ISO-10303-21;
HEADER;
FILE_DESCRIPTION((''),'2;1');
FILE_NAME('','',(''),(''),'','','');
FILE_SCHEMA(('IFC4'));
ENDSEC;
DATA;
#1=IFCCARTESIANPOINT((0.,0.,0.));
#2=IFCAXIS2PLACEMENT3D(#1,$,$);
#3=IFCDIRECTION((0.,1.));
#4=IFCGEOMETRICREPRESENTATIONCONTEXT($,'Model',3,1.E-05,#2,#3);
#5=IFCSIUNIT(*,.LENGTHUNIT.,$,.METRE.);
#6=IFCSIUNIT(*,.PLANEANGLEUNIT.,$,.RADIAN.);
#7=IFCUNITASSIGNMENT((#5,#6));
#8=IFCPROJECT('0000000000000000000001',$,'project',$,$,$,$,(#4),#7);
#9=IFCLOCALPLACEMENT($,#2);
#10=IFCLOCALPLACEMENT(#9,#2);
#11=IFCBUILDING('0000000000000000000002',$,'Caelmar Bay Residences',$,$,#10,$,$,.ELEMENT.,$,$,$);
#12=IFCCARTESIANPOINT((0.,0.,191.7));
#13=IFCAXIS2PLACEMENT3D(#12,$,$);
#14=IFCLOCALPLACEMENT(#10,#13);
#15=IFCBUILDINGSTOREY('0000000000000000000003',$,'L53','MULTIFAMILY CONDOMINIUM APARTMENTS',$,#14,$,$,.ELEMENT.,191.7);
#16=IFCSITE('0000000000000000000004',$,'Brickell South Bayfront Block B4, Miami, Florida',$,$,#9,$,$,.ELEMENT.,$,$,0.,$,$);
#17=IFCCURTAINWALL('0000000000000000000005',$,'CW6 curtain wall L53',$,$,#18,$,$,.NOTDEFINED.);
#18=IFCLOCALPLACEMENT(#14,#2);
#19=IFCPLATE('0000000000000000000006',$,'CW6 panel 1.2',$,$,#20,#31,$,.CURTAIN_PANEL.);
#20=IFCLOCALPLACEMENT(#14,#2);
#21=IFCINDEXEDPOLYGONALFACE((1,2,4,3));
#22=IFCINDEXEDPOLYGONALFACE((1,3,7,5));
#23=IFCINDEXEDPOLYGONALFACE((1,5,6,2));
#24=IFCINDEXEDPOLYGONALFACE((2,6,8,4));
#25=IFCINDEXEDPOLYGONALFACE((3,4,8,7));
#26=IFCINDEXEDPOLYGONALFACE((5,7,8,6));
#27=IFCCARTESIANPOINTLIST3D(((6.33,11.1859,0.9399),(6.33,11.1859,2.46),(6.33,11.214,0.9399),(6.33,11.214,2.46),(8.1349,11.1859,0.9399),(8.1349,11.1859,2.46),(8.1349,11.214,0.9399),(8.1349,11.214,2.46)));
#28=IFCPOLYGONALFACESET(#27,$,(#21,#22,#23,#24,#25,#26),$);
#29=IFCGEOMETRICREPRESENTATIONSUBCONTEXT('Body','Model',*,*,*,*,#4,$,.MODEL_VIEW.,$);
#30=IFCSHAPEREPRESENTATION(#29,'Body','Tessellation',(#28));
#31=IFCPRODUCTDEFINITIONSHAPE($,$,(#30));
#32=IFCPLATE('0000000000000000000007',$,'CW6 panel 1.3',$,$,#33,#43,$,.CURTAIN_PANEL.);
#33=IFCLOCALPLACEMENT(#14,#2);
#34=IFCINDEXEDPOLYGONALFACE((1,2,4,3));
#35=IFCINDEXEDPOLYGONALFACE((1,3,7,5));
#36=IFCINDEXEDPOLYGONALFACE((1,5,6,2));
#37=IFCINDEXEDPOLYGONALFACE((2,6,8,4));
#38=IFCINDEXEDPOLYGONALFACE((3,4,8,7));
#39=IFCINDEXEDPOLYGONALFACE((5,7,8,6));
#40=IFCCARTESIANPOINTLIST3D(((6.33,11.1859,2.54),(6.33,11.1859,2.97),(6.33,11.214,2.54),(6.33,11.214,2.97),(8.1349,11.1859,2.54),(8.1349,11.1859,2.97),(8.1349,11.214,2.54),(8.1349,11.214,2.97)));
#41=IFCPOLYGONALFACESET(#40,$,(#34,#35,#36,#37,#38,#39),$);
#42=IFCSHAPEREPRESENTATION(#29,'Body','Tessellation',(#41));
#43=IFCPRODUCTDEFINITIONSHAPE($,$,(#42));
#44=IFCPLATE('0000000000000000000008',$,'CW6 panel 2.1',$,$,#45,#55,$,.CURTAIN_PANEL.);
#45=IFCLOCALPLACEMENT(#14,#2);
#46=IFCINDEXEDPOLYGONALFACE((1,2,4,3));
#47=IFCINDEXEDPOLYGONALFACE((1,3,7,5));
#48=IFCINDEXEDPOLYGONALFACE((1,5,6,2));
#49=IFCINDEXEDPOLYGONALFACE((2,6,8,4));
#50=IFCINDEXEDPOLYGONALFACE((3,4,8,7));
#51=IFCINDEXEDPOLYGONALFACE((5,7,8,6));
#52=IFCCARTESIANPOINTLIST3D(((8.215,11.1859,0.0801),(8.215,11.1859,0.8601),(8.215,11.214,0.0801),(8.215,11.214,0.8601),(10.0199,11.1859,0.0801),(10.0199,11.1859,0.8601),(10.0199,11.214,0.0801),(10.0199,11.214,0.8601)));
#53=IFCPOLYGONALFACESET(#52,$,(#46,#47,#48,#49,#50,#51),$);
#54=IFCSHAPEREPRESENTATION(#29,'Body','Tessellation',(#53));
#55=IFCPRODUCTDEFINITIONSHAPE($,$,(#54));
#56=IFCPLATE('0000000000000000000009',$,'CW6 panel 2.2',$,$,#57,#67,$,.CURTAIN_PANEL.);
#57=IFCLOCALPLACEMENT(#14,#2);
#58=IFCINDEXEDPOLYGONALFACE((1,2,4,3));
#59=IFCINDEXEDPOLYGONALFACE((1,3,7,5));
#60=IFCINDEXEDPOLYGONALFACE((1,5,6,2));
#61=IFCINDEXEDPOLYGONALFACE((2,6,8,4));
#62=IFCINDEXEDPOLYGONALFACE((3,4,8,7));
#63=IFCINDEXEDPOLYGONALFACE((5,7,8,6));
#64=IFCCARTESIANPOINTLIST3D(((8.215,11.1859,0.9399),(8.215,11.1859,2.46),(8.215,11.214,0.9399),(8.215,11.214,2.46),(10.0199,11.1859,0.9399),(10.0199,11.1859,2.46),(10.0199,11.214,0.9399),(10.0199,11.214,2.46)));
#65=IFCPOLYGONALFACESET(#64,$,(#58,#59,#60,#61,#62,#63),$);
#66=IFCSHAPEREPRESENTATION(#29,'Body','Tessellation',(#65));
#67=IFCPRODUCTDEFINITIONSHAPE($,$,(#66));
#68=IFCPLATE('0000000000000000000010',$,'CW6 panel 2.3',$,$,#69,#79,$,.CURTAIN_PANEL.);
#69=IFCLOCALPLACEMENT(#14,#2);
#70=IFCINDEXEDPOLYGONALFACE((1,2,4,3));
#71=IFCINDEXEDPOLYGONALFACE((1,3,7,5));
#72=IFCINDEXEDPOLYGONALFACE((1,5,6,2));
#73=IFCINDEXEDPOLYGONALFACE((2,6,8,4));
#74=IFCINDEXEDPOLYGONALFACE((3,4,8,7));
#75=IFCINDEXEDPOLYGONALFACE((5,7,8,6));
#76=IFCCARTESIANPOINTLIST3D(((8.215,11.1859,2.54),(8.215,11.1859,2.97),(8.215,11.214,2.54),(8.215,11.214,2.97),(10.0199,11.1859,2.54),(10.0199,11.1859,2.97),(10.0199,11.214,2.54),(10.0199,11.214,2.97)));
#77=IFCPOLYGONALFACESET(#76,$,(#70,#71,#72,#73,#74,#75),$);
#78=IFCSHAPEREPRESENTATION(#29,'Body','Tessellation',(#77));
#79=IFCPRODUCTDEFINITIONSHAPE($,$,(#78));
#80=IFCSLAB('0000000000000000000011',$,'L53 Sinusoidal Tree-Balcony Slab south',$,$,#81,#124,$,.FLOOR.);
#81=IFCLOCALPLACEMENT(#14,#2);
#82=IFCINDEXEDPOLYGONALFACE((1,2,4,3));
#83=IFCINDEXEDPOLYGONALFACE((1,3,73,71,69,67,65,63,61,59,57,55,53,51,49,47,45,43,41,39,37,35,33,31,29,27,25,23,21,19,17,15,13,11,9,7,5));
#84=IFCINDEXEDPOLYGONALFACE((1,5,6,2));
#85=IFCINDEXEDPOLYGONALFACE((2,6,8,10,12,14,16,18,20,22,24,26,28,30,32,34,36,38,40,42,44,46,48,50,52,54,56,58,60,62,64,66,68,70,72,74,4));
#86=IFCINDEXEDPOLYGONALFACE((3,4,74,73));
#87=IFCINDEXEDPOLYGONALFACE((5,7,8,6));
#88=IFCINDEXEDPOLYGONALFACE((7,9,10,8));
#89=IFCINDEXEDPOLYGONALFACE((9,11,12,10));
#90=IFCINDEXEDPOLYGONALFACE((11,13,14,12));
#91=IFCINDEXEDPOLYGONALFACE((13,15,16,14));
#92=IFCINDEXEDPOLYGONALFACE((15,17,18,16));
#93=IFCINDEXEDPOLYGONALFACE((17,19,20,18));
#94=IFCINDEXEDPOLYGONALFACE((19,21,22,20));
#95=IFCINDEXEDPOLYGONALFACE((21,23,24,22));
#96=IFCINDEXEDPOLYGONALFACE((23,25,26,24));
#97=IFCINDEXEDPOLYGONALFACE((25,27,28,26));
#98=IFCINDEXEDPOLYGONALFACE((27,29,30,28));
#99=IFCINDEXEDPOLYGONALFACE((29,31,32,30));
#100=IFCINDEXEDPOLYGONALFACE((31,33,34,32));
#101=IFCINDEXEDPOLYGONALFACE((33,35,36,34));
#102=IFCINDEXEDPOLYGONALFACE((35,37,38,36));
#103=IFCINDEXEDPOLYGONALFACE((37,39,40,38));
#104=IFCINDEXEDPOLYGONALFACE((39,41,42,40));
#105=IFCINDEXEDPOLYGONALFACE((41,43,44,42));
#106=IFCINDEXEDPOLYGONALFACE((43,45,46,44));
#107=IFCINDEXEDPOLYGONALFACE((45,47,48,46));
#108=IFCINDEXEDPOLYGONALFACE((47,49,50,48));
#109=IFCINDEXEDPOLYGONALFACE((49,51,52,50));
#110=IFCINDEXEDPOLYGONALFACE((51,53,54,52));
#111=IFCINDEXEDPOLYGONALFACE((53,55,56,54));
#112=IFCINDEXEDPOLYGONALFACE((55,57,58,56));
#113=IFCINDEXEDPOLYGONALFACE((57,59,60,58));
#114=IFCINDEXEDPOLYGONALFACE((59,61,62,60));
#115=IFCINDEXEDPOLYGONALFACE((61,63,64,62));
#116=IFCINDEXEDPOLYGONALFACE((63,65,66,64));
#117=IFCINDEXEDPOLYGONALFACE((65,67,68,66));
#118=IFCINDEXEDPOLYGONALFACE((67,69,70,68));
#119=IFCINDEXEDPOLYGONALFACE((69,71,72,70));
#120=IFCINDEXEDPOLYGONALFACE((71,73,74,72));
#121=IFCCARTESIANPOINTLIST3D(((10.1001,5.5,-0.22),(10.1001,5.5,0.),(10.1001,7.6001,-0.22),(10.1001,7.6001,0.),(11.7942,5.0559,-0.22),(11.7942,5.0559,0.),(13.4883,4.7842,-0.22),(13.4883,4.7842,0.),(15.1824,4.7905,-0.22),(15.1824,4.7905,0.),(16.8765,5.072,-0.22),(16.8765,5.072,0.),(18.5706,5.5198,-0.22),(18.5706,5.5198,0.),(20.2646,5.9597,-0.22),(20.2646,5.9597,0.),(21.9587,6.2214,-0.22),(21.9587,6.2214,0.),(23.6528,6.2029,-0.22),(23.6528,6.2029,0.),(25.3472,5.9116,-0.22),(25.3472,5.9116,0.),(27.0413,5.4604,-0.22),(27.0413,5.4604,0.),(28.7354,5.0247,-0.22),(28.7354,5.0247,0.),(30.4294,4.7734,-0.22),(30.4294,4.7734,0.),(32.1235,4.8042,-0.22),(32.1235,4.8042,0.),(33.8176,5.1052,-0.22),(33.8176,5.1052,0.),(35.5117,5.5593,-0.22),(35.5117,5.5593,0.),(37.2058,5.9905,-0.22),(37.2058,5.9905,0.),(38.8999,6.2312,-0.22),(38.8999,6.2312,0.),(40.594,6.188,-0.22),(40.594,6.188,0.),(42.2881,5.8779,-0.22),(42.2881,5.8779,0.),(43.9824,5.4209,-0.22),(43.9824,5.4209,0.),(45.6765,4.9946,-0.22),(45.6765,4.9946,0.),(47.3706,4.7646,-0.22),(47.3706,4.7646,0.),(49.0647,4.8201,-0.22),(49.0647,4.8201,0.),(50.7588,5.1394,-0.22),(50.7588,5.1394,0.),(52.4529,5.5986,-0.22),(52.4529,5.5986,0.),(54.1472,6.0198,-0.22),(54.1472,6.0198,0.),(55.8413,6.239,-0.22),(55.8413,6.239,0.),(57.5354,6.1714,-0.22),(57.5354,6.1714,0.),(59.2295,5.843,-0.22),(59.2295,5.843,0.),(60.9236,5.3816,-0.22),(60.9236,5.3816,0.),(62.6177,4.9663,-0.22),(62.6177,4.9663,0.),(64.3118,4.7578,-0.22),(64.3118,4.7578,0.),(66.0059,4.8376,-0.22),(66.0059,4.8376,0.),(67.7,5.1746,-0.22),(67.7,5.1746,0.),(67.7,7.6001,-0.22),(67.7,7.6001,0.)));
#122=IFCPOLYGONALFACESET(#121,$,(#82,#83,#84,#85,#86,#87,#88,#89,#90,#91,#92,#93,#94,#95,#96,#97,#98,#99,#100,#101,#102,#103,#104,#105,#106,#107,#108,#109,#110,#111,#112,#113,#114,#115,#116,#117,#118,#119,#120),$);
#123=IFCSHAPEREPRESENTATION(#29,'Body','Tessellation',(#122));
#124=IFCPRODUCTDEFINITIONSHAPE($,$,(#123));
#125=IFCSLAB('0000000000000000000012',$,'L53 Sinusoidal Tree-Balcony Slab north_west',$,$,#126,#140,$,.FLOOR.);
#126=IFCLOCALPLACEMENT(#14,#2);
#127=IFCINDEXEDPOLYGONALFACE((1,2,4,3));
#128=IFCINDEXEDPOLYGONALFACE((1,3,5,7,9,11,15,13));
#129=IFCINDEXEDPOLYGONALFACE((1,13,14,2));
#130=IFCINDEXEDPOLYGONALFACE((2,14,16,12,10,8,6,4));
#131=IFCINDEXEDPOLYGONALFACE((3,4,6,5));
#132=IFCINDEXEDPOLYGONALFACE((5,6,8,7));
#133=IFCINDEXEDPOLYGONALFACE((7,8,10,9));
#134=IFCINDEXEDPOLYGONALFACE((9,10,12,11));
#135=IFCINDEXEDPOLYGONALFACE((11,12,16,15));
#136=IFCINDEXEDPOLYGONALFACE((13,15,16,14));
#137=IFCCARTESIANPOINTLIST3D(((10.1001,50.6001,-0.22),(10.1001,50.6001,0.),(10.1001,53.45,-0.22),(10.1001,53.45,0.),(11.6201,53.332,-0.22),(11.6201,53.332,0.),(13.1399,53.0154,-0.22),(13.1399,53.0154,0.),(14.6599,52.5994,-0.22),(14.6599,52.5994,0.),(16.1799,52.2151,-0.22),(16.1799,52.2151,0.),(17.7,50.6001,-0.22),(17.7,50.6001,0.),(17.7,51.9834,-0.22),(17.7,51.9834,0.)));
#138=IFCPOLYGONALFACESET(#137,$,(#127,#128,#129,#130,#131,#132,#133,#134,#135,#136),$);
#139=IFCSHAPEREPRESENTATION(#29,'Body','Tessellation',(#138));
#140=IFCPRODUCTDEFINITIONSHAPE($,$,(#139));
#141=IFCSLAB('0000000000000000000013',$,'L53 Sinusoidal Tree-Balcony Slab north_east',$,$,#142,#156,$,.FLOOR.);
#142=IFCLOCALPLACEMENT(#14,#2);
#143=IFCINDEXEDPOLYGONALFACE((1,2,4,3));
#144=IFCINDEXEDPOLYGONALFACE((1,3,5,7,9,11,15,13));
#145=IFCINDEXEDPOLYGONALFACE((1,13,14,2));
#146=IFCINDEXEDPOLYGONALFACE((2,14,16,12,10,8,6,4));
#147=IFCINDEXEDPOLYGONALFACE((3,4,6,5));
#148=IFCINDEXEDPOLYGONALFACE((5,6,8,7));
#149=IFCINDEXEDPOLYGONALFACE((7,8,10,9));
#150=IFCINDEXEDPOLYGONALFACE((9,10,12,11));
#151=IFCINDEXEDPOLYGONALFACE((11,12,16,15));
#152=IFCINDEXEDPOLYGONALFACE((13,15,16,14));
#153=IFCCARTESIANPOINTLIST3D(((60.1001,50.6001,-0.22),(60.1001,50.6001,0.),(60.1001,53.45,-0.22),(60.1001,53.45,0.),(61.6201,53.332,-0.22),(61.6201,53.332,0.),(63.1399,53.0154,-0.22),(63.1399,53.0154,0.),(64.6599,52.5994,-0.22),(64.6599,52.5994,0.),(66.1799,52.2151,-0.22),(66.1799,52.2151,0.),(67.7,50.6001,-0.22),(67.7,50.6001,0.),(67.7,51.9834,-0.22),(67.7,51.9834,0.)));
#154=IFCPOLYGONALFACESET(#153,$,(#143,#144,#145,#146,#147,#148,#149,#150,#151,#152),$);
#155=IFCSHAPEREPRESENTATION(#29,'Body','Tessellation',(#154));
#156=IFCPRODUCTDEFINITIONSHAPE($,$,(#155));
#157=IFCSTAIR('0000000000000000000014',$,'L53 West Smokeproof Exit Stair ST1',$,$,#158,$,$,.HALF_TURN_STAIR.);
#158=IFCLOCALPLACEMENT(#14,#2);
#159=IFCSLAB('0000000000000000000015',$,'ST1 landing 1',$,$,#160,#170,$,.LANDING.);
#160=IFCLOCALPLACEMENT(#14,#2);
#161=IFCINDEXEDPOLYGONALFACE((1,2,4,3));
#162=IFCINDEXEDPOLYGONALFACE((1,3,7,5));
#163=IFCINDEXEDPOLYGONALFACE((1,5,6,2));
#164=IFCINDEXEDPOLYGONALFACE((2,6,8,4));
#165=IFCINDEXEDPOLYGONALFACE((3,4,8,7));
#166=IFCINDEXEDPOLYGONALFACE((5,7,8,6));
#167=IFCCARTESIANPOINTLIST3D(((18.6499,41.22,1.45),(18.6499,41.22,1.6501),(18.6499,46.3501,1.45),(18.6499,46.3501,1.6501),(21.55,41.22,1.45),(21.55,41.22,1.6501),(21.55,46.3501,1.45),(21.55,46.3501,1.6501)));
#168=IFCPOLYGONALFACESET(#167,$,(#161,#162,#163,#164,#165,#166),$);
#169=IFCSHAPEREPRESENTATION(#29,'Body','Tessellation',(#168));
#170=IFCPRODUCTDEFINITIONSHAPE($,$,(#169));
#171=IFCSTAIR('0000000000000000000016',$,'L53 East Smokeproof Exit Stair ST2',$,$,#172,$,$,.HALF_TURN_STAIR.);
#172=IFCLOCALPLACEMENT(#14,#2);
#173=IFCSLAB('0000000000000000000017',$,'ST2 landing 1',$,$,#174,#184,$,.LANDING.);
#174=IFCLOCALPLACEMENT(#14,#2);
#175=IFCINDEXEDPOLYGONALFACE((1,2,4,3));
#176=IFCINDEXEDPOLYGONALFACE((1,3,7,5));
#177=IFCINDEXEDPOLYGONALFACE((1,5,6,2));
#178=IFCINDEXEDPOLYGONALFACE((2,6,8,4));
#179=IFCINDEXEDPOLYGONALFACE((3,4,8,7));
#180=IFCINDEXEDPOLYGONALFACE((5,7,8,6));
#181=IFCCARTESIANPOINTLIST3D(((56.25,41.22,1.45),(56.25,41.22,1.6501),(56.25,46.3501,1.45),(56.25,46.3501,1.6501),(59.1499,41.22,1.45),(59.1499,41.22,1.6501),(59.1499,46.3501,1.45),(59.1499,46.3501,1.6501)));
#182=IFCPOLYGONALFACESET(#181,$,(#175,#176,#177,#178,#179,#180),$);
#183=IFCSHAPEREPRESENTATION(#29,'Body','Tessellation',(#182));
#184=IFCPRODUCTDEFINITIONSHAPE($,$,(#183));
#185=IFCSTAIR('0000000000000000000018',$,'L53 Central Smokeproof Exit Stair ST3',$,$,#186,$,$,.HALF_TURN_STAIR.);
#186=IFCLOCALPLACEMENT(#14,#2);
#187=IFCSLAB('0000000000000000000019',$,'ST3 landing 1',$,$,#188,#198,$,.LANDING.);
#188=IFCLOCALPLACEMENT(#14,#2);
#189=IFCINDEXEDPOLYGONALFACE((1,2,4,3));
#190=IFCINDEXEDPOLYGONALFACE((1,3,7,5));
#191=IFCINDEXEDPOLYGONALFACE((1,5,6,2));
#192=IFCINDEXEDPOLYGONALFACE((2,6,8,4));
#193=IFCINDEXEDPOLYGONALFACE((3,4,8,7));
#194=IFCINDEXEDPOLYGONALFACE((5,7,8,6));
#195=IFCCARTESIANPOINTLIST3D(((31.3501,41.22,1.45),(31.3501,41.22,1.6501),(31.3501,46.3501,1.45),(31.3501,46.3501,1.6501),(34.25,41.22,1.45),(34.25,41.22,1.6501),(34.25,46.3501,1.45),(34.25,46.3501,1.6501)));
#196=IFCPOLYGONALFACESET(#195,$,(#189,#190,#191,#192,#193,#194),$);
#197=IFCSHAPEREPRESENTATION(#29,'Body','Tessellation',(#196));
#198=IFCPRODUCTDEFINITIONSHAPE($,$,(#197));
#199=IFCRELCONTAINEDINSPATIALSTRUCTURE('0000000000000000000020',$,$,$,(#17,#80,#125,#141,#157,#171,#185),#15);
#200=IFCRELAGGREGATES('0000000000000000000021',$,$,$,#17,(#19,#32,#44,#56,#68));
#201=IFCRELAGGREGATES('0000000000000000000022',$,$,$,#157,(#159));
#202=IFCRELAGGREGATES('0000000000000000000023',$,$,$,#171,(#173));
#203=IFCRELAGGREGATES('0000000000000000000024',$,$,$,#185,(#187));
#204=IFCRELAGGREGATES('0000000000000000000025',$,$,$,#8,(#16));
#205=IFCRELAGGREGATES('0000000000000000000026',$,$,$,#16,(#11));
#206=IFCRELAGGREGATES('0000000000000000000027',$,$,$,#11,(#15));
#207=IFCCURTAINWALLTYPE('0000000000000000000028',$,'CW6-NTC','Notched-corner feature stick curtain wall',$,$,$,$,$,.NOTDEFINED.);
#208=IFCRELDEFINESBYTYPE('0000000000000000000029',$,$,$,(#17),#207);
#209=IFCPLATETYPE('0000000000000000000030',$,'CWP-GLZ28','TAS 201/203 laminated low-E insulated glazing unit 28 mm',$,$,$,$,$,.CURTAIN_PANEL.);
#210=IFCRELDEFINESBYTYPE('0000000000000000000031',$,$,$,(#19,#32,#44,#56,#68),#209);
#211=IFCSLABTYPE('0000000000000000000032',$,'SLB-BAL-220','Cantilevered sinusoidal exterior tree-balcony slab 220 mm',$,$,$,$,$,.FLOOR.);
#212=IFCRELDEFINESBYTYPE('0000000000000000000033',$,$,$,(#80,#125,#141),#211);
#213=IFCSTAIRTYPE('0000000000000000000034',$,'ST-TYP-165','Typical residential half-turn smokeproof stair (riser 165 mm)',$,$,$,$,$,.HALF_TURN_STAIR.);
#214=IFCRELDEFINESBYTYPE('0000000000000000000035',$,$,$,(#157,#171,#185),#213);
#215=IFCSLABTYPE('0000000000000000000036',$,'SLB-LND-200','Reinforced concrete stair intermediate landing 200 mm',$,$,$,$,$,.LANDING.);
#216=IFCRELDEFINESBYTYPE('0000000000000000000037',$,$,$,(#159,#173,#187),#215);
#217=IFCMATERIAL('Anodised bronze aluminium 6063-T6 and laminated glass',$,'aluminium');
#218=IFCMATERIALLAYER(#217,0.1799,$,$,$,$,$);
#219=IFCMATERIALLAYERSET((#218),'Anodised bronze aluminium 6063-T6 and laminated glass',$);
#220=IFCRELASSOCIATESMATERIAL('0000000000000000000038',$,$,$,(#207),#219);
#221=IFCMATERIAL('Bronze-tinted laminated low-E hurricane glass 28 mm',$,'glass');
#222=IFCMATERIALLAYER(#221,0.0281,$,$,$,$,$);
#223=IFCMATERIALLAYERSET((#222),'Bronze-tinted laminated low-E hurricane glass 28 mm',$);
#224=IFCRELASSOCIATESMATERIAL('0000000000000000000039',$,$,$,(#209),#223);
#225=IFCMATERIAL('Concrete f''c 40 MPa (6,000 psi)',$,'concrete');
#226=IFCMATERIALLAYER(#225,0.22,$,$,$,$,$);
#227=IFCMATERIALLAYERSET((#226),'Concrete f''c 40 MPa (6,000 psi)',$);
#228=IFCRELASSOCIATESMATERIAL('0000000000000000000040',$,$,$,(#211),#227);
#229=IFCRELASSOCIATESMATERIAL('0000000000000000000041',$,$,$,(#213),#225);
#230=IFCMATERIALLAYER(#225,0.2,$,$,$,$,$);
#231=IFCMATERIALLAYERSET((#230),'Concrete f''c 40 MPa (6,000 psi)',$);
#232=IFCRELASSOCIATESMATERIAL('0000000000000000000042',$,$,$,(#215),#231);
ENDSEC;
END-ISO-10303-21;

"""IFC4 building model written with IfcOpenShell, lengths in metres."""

from ifc_helpers import new_model, si_unit, direction, frame, origin, origin_2d, place, context, subcontext, project, spatial, polyline, rectangle, outline, extrude, material, layer, layer_set, type_object, element, aggregate, save


model = new_model("IFC4")

# Units and contexts
model_context = context("Model", 3, precision=1e-05, world=origin(), true_north=direction((0.0, 1.0)))
body_context = subcontext(model_context, "Body", "Model", "MODEL_VIEW")
ifc_project = project(units=[si_unit("LENGTHUNIT", "METRE"), si_unit("PLANEANGLEUNIT", "RADIAN")], contexts=[model_context])

# Site, building, storey
site_placement = place(None, origin())
site = spatial("IfcSite", under=ifc_project, at=site_placement, Name="Brickell South Bayfront Block B4, Miami, Florida", CompositionType="ELEMENT", RefElevation=0.0)
building_placement = place(site_placement, origin())
building = spatial("IfcBuilding", under=site, at=building_placement, Name="Caelmar Bay Residences", CompositionType="ELEMENT")
storey_placement = place(building_placement, frame((0.0, 0.0, 191.7)))
storey = spatial("IfcBuildingStorey", under=building, at=storey_placement, Name="L53", Description="MULTIFAMILY CONDOMINIUM APARTMENTS", CompositionType="ELEMENT", Elevation=191.7)

# Curtain wall
ifc_material_1 = material(Name="Anodised bronze aluminium 6063-T6 and laminated glass", Category="aluminium")
ifc_layer_1 = layer(ifc_material_1, 0.1799)
ifc_layer_set_1 = layer_set([ifc_layer_1], Name="Anodised bronze aluminium 6063-T6 and laminated glass")
curtain_wall_type_1 = type_object("IfcCurtainWallType", Name="CW6-NTC", Description="Notched-corner feature stick curtain wall", PredefinedType="NOTDEFINED", material=ifc_layer_set_1)
curtain_wall_1_placement = place(storey_placement, origin())
curtain_wall_1 = element("IfcCurtainWall", 1, at=curtain_wall_1_placement, inside=storey, type_object=curtain_wall_type_1, Name="CW6 curtain wall L53", PredefinedType="NOTDEFINED")

# Plates
ifc_material_2 = material(Name="Bronze-tinted laminated low-E hurricane glass 28 mm", Category="glass")
ifc_layer_2 = layer(ifc_material_2, 0.0281)
ifc_layer_set_2 = layer_set([ifc_layer_2], Name="Bronze-tinted laminated low-E hurricane glass 28 mm")
plate_type = type_object("IfcPlateType", Name="CWP-GLZ28", Description="TAS 201/203 laminated low-E insulated glazing unit 28 mm", PredefinedType="CURTAIN_PANEL", material=ifc_layer_set_2)
plate_1_placement = place(storey_placement, frame((7.2324, 11.2, 0.9399), z_axis=(0.0, 0.0, 1.0), x_axis=(1.0, 0.0, 0.0)))
plate_1 = element("IfcPlate", 2, at=plate_1_placement, type_object=plate_type, Name="CW6 panel 1.2", PredefinedType="CURTAIN_PANEL", context=body_context, shape_type="SweptSolid", body=[
    extrude(rectangle(XDim=1.8049, YDim=0.0281, at=origin_2d()), origin(), (0.0, 0.0, 1.0), 1.52),
])
plate_2_placement = place(storey_placement, frame((7.2324, 11.2, 2.54), z_axis=(0.0, 0.0, 1.0), x_axis=(1.0, 0.0, 0.0)))
plate_2 = element("IfcPlate", 3, at=plate_2_placement, type_object=plate_type, Name="CW6 panel 1.3", PredefinedType="CURTAIN_PANEL", context=body_context, shape_type="SweptSolid", body=[
    extrude(rectangle(XDim=1.8049, YDim=0.0281, at=origin_2d()), origin(), (0.0, 0.0, 1.0), 0.4299),
])
plate_3_placement = place(storey_placement, frame((9.1174, 11.2, 0.0801), z_axis=(0.0, 0.0, 1.0), x_axis=(1.0, 0.0, 0.0)))
plate_3 = element("IfcPlate", 4, at=plate_3_placement, type_object=plate_type, Name="CW6 panel 2.1", PredefinedType="CURTAIN_PANEL", context=body_context, shape_type="SweptSolid", body=[
    extrude(rectangle(XDim=1.8049, YDim=0.0281, at=origin_2d()), origin(), (0.0, 0.0, 1.0), 0.78),
])
plate_4_placement = place(storey_placement, frame((9.1174, 11.2, 0.9399), z_axis=(0.0, 0.0, 1.0), x_axis=(1.0, 0.0, 0.0)))
plate_4 = element("IfcPlate", 5, at=plate_4_placement, type_object=plate_type, Name="CW6 panel 2.2", PredefinedType="CURTAIN_PANEL", context=body_context, shape_type="SweptSolid", body=[
    extrude(rectangle(XDim=1.8049, YDim=0.0281, at=origin_2d()), origin(), (0.0, 0.0, 1.0), 1.52),
])
plate_5_placement = place(storey_placement, frame((9.1174, 11.2, 2.54), z_axis=(0.0, 0.0, 1.0), x_axis=(1.0, 0.0, 0.0)))
plate_5 = element("IfcPlate", 6, at=plate_5_placement, type_object=plate_type, Name="CW6 panel 2.3", PredefinedType="CURTAIN_PANEL", context=body_context, shape_type="SweptSolid", body=[
    extrude(rectangle(XDim=1.8049, YDim=0.0281, at=origin_2d()), origin(), (0.0, 0.0, 1.0), 0.4299),
])
aggregate(curtain_wall_1, [plate_1, plate_2, plate_3, plate_4, plate_5])

# Slabs
ifc_material_3 = material(Name="Concrete f'c 40 MPa (6,000 psi)", Category="concrete")
ifc_layer_3 = layer(ifc_material_3, 0.22)
ifc_layer_set_3 = layer_set([ifc_layer_3], Name="Concrete f'c 40 MPa (6,000 psi)")
slab_type_1 = type_object("IfcSlabType", Name="SLB-BAL-220", Description="Cantilevered sinusoidal exterior tree-balcony slab 220 mm", PredefinedType="FLOOR", material=ifc_layer_set_3)
slab_1_placement = place(storey_placement, frame((0.0, 0.0, -0.22)))
element("IfcSlab", 7, at=slab_1_placement, inside=storey, type_object=slab_type_1, Name="L53 Sinusoidal Tree-Balcony Slab south", PredefinedType="FLOOR", context=body_context, shape_type="SweptSolid", body=[
    extrude(outline(polyline([(10.1001, 5.5), (11.7942, 5.0559), (13.4883, 4.7842), (15.1824, 4.7905), (16.8765, 5.072), (18.5706, 5.5198), (20.2646, 5.9597), (21.9587, 6.2214), (23.6528, 6.2029), (25.3472, 5.9116), (27.0413, 5.4604), (28.7354, 5.0247), (30.4294, 4.7734), (32.1235, 4.8042), (33.8176, 5.1052), (35.5117, 5.5593), (37.2058, 5.9905), (38.8999, 6.2312), (40.594, 6.188), (42.2881, 5.8779), (43.9824, 5.4209), (45.6765, 4.9946), (47.3706, 4.7646), (49.0647, 4.8201), (50.7588, 5.1394), (52.4529, 5.5986), (54.1472, 6.0198), (55.8413, 6.239), (57.5354, 6.1714), (59.2295, 5.843), (60.9236, 5.3816), (62.6177, 4.9663), (64.3118, 4.7578), (66.0059, 4.8376), (67.7, 5.1746), (67.7, 7.6001), (10.1001, 7.6001), (10.1001, 5.5)])), origin(), (0.0, 0.0, 1.0), 0.22),
])
slab_2_placement = place(storey_placement, frame((0.0, 0.0, -0.22)))
element("IfcSlab", 8, at=slab_2_placement, inside=storey, type_object=slab_type_1, Name="L53 Sinusoidal Tree-Balcony Slab north_west", PredefinedType="FLOOR", context=body_context, shape_type="SweptSolid", body=[
    extrude(outline(polyline([(10.1001, 50.6001), (17.7, 50.6001), (17.7, 51.9834), (16.1799, 52.2151), (14.6599, 52.5994), (13.1399, 53.0154), (11.6201, 53.332), (10.1001, 53.45), (10.1001, 50.6001)])), origin(), (0.0, 0.0, 1.0), 0.22),
])
slab_3_placement = place(storey_placement, frame((0.0, 0.0, -0.22)))
element("IfcSlab", 9, at=slab_3_placement, inside=storey, type_object=slab_type_1, Name="L53 Sinusoidal Tree-Balcony Slab north_east", PredefinedType="FLOOR", context=body_context, shape_type="SweptSolid", body=[
    extrude(outline(polyline([(60.1001, 50.6001), (67.7, 50.6001), (67.7, 51.9834), (66.1799, 52.2151), (64.6599, 52.5994), (63.1399, 53.0154), (61.6201, 53.332), (60.1001, 53.45), (60.1001, 50.6001)])), origin(), (0.0, 0.0, 1.0), 0.22),
])

# Stairs, slabs
stair_type = type_object("IfcStairType", Name="ST-TYP-165", Description="Typical residential half-turn smokeproof stair (riser 165 mm)", PredefinedType="HALF_TURN_STAIR", material=ifc_material_3)
stair_1_placement = place(storey_placement, origin())
stair_1 = element("IfcStair", 10, at=stair_1_placement, inside=storey, type_object=stair_type, Name="L53 West Smokeproof Exit Stair ST1", PredefinedType="HALF_TURN_STAIR")
ifc_layer_4 = layer(ifc_material_3, 0.2)
ifc_layer_set_4 = layer_set([ifc_layer_4], Name="Concrete f'c 40 MPa (6,000 psi)")
slab_type_2 = type_object("IfcSlabType", Name="SLB-LND-200", Description="Reinforced concrete stair intermediate landing 200 mm", PredefinedType="LANDING", material=ifc_layer_set_4)
slab_4_placement = place(storey_placement, frame((0.0, 0.0, 1.45)))
slab_4 = element("IfcSlab", 11, at=slab_4_placement, type_object=slab_type_2, Name="ST1 landing 1", PredefinedType="LANDING", context=body_context, shape_type="SweptSolid", body=[
    extrude(outline(polyline([(21.55, 41.22), (21.55, 46.3501), (18.6499, 46.3501), (18.6499, 41.22), (21.55, 41.22)])), origin(), (0.0, 0.0, 1.0), 0.2002),
])
aggregate(stair_1, [slab_4])
stair_2_placement = place(storey_placement, origin())
stair_2 = element("IfcStair", 12, at=stair_2_placement, inside=storey, type_object=stair_type, Name="L53 East Smokeproof Exit Stair ST2", PredefinedType="HALF_TURN_STAIR")
slab_5_placement = place(storey_placement, frame((0.0, 0.0, 1.45)))
slab_5 = element("IfcSlab", 13, at=slab_5_placement, type_object=slab_type_2, Name="ST2 landing 1", PredefinedType="LANDING", context=body_context, shape_type="SweptSolid", body=[
    extrude(outline(polyline([(59.1499, 41.22), (59.1499, 46.3501), (56.25, 46.3501), (56.25, 41.22), (59.1499, 41.22)])), origin(), (0.0, 0.0, 1.0), 0.2002),
])
aggregate(stair_2, [slab_5])
stair_3_placement = place(storey_placement, origin())
stair_3 = element("IfcStair", 14, at=stair_3_placement, inside=storey, type_object=stair_type, Name="L53 Central Smokeproof Exit Stair ST3", PredefinedType="HALF_TURN_STAIR")
slab_6_placement = place(storey_placement, frame((0.0, 0.0, 1.45)))
slab_6 = element("IfcSlab", 15, at=slab_6_placement, type_object=slab_type_2, Name="ST3 landing 1", PredefinedType="LANDING", context=body_context, shape_type="SweptSolid", body=[
    extrude(outline(polyline([(34.25, 41.22), (34.25, 46.3501), (31.3501, 46.3501), (31.3501, 41.22), (34.25, 41.22)])), origin(), (0.0, 0.0, 1.0), 0.2002),
])
aggregate(stair_3, [slab_6])

save(model, "model.ifc")
